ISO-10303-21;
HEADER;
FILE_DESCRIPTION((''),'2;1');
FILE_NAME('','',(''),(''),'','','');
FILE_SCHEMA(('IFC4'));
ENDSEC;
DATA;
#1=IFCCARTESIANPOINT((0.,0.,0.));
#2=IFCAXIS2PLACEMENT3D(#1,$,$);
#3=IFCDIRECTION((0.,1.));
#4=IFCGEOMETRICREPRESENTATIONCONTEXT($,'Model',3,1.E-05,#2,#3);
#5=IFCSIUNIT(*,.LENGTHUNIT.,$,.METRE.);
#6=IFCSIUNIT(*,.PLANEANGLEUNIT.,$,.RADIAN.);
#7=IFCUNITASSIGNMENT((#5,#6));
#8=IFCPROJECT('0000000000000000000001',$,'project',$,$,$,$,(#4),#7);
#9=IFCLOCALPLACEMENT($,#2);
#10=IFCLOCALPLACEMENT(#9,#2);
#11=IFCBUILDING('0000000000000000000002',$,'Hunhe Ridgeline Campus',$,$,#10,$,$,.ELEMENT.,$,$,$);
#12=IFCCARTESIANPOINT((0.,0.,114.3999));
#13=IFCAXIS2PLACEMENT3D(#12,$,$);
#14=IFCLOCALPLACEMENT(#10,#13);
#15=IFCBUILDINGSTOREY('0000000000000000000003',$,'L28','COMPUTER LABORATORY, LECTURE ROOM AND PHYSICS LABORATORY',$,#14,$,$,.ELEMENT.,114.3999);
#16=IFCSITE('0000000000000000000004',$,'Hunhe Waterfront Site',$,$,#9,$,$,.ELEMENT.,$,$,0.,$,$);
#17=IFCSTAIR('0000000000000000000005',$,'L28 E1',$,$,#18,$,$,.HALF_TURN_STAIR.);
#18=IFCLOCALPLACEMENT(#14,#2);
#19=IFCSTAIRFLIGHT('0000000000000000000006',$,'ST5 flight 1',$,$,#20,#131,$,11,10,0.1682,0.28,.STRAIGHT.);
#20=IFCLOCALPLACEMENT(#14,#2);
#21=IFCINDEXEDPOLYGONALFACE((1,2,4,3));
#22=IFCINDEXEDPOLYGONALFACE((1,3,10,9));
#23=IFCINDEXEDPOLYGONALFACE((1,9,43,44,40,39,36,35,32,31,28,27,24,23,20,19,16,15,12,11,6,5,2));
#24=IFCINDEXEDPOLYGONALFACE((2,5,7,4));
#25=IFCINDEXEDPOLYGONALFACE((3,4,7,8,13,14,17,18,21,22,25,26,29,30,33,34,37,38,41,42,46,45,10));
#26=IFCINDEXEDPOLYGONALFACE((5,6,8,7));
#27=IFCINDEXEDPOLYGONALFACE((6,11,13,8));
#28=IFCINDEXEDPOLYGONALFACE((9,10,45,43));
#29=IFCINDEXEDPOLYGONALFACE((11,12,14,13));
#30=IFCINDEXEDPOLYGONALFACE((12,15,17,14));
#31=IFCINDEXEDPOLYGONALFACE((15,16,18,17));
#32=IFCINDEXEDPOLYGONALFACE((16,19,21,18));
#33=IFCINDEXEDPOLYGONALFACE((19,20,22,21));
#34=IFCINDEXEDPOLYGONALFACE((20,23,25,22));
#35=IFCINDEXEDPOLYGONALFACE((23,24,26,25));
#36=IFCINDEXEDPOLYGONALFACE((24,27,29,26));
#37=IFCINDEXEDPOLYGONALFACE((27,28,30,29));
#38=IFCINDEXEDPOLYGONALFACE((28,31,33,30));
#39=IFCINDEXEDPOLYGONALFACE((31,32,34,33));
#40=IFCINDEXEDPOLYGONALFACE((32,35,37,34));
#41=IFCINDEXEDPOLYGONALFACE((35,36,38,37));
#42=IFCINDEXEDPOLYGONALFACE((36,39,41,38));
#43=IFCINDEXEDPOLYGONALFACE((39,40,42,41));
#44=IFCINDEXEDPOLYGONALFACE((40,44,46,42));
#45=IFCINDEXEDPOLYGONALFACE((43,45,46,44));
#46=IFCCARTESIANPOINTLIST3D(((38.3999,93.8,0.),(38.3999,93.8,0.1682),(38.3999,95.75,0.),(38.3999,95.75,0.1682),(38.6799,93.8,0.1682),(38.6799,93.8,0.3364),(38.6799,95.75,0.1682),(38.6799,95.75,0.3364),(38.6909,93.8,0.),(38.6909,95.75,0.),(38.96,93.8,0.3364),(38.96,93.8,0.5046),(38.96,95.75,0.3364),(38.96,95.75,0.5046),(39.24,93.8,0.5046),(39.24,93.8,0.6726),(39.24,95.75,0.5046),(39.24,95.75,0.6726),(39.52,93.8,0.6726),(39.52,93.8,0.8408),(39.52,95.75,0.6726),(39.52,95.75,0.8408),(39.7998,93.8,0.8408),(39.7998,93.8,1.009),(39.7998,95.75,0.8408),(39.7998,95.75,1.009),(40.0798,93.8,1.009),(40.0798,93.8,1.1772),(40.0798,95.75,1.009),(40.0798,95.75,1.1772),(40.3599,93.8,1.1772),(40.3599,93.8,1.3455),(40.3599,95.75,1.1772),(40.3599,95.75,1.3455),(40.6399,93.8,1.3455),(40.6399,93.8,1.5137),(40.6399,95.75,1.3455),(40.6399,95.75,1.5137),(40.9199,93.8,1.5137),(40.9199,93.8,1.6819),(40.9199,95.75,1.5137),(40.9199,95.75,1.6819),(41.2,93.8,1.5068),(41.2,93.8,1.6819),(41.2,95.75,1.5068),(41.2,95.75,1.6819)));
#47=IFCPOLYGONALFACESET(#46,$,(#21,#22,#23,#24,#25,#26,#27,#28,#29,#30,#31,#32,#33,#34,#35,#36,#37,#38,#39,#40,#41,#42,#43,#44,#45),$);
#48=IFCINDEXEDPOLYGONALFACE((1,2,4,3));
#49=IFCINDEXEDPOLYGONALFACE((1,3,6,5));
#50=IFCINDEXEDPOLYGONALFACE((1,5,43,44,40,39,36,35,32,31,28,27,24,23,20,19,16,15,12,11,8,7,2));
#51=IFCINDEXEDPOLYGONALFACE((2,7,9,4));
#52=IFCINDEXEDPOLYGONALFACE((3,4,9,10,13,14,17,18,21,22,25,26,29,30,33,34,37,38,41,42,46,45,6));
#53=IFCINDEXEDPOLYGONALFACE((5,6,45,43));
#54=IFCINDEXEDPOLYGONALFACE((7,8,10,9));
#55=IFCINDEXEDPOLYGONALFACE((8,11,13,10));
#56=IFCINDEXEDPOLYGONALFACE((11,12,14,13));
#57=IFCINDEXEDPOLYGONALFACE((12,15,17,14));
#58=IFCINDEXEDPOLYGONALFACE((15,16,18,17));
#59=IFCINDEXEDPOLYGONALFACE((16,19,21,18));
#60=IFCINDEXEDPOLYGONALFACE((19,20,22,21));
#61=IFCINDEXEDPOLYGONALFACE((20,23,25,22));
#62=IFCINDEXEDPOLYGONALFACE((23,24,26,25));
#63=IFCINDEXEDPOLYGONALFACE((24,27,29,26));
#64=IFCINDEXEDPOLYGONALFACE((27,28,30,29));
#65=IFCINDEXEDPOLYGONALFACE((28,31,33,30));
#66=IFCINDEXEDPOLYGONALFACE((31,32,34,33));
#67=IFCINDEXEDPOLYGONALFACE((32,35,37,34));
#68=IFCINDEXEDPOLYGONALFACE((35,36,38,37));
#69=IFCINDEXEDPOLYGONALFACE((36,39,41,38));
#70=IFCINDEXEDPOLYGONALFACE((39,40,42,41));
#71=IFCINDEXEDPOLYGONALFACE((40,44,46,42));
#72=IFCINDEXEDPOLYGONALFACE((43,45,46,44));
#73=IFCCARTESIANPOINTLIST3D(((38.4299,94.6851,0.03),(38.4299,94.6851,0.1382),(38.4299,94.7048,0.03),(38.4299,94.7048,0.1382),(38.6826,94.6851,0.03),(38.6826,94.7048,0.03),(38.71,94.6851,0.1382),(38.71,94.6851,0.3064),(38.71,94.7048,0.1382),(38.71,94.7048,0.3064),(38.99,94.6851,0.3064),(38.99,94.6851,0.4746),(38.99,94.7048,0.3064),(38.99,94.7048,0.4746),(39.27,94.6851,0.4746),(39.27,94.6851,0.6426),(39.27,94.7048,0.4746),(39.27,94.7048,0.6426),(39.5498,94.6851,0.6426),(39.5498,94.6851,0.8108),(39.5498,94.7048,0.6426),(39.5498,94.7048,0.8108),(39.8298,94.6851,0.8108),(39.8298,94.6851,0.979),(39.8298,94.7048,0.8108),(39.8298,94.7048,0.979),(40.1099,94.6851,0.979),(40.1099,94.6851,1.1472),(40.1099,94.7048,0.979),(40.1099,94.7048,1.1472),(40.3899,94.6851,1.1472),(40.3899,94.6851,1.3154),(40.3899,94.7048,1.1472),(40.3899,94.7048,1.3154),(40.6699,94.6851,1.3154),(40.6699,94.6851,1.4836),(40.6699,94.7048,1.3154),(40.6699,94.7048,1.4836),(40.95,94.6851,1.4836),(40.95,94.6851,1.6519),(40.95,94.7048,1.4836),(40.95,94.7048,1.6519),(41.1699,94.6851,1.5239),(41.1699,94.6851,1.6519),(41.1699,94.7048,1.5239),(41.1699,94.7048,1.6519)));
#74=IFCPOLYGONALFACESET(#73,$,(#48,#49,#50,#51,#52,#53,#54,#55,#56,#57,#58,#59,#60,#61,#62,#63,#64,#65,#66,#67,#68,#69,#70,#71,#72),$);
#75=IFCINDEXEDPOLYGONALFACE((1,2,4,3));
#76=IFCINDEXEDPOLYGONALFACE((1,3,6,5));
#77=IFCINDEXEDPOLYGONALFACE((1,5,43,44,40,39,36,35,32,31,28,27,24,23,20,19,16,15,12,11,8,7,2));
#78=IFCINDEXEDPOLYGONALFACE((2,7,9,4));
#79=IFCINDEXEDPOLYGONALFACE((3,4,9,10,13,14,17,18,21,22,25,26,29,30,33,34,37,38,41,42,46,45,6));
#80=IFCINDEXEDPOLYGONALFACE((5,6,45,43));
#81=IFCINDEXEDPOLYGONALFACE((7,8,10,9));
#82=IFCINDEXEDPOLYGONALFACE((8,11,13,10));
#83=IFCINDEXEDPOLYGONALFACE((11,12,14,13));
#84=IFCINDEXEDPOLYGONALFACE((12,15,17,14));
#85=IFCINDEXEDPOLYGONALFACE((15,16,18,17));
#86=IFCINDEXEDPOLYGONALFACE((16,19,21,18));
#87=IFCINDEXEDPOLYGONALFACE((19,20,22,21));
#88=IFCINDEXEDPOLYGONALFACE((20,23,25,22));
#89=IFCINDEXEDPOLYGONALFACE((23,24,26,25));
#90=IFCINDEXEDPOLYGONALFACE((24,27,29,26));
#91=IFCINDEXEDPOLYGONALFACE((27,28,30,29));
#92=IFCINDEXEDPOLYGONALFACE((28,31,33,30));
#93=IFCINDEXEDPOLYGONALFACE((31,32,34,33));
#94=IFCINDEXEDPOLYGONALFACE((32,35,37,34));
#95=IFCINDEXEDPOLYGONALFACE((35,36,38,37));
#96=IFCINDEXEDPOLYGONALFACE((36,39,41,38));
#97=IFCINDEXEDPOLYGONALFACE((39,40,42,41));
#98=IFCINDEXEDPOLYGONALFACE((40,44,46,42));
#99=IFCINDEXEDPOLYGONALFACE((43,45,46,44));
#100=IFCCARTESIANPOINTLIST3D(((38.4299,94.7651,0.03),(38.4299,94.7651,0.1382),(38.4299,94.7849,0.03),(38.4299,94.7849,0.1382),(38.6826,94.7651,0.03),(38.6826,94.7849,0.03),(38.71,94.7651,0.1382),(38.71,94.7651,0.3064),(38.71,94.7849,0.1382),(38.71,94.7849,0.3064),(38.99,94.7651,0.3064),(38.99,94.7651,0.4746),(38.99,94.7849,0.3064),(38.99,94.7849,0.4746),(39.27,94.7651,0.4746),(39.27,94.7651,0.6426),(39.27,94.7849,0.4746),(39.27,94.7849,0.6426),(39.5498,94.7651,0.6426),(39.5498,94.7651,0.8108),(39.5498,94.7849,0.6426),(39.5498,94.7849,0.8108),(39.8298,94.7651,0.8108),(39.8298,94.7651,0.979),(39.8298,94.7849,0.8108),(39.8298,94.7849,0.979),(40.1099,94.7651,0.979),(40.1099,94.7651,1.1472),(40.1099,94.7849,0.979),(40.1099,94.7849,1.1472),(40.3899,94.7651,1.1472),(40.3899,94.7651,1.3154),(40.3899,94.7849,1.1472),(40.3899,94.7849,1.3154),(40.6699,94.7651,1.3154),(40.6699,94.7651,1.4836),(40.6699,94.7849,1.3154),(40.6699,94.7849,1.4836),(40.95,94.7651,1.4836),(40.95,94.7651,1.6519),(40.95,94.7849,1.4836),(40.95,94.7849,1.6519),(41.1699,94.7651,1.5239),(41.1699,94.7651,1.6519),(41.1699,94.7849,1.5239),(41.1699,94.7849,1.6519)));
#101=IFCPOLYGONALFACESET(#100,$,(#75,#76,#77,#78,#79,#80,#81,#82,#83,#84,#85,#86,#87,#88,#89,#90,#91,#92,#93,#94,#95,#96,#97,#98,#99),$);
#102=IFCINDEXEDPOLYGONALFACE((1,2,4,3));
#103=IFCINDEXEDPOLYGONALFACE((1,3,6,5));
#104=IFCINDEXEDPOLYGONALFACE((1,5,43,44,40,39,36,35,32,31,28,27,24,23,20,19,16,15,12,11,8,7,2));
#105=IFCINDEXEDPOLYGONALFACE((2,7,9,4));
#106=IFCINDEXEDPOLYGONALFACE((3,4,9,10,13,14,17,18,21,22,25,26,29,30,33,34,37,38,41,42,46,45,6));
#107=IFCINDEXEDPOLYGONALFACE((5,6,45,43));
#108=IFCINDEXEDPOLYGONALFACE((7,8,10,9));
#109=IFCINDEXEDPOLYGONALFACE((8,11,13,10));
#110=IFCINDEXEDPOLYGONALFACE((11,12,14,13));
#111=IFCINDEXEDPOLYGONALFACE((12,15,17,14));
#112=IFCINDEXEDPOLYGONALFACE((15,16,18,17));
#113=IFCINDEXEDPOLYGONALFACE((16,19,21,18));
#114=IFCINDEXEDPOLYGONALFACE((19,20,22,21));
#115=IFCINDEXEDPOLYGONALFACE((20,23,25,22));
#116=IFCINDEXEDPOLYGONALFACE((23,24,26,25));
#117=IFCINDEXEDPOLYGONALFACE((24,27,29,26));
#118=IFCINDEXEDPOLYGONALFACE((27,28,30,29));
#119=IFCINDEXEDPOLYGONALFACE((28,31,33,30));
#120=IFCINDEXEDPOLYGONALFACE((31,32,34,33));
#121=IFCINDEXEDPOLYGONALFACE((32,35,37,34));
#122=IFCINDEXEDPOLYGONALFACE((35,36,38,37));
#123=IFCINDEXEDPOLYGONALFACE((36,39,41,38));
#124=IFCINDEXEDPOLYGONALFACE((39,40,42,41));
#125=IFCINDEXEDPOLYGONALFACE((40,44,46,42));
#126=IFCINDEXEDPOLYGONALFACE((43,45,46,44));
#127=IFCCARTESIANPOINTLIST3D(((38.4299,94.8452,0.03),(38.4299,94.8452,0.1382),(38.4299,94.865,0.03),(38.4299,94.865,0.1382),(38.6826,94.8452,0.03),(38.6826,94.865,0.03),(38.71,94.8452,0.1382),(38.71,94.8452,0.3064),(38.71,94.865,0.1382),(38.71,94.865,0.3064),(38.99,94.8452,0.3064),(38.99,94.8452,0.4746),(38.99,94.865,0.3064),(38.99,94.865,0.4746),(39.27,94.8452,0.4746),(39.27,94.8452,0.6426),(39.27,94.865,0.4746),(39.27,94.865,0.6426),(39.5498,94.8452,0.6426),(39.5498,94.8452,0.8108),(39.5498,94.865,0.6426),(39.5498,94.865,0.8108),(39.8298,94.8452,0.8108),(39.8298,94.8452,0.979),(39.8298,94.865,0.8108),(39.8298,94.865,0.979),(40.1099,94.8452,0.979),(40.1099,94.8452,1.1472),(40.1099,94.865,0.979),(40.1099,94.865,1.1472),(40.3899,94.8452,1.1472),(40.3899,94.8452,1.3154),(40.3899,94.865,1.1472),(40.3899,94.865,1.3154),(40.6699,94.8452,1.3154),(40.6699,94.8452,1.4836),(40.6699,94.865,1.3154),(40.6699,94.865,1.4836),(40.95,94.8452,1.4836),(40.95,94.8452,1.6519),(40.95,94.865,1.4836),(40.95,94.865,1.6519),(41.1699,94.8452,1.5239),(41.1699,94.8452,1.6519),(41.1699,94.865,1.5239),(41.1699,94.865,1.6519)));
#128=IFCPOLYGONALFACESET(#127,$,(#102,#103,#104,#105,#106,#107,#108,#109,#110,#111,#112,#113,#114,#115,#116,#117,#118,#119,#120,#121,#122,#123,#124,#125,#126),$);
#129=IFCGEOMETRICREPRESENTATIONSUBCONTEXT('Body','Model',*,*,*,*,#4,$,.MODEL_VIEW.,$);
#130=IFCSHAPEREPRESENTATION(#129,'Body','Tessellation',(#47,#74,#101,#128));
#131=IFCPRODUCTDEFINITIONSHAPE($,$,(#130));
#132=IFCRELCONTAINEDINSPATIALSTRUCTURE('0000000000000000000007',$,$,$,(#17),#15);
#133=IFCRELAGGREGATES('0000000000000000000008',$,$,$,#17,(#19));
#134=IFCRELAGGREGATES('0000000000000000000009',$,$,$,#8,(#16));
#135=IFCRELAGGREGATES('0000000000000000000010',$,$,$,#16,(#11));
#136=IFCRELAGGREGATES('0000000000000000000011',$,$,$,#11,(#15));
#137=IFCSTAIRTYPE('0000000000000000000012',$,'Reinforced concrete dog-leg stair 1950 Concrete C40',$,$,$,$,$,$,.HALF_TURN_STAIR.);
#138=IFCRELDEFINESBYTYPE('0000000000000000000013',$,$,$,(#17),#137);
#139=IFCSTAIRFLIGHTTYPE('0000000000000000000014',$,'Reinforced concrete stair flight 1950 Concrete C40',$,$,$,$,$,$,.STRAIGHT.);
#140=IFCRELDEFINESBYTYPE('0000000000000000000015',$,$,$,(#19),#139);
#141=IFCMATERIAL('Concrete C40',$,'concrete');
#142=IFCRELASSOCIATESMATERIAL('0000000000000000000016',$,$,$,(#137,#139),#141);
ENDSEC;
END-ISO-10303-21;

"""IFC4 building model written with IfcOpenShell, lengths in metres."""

from ifc_helpers import new_model, si_unit, direction, frame, origin, place, context, subcontext, project, spatial, polyline, outline, extrude, material, type_object, element, aggregate, save


model = new_model("IFC4")

# Units and contexts
model_context = context("Model", 3, precision=1e-05, world=origin(), true_north=direction((0.0, 1.0)))
body_context = subcontext(model_context, "Body", "Model", "MODEL_VIEW")
ifc_project = project(units=[si_unit("LENGTHUNIT", "METRE"), si_unit("PLANEANGLEUNIT", "RADIAN")], contexts=[model_context])

# Site, building, storey
site_placement = place(None, origin())
site = spatial("IfcSite", under=ifc_project, at=site_placement, Name="Hunhe Waterfront Site", CompositionType="ELEMENT", RefElevation=0.0)
building_placement = place(site_placement, origin())
building = spatial("IfcBuilding", under=site, at=building_placement, Name="Hunhe Ridgeline Campus", CompositionType="ELEMENT")
storey_placement = place(building_placement, frame((0.0, 0.0, 114.3999)))
storey = spatial("IfcBuildingStorey", under=building, at=storey_placement, Name="L28", Description="COMPUTER LABORATORY, LECTURE ROOM AND PHYSICS LABORATORY", CompositionType="ELEMENT", Elevation=114.3999)

# Shared definitions
ifc_material_1 = material(Name="Concrete C40", Category="concrete")
stair_type = type_object("IfcStairType", Name="Reinforced concrete dog-leg stair 1950 Concrete C40", PredefinedType="HALF_TURN_STAIR", material=ifc_material_1)
stair_flight_type = type_object("IfcStairFlightType", Name="Reinforced concrete stair flight 1950 Concrete C40", PredefinedType="STRAIGHT", material=ifc_material_1)

# Stair, stair flight
stair_1_placement = place(storey_placement, origin())
stair_1 = element("IfcStair", 1, at=stair_1_placement, inside=storey, type_object=stair_type, Name="L28 E1", PredefinedType="HALF_TURN_STAIR")
stair_flight_1_placement = place(storey_placement, frame((38.3999, 94.7749, 0.0), z_axis=(0.0, 0.0, 1.0), x_axis=(1.0, 0.0, 0.0)))
stair_flight_1 = element("IfcStairFlight", 2, at=stair_flight_1_placement, type_object=stair_flight_type, Name="ST5 flight 1", NumberOfRisers=11, NumberOfTreads=10, PredefinedType="STRAIGHT", RiserHeight=0.1682, TreadLength=0.28, context=body_context, shape_type="SweptSolid", body=[
    extrude(outline(polyline([(0.0, 0.0), (0.0, 0.1682), (0.28, 0.1682), (0.28, 0.3364), (0.5601, 0.3364), (0.5601, 0.5046), (0.8401, 0.5046), (0.8401, 0.6726), (1.1201, 0.6726), (1.1201, 0.8408), (1.3999, 0.8408), (1.3999, 1.009), (1.6799, 1.009), (1.6799, 1.1772), (1.96, 1.1772), (1.96, 1.3455), (2.24, 1.3455), (2.24, 1.5137), (2.52, 1.5137), (2.52, 1.6819), (2.8, 1.6819), (2.8, 1.8501), (2.8, 1.5068), (0.291, 0.0), (0.0, 0.0)])), frame((0.0, 0.9751, 0.0), z_axis=(0.0, -1.0, 0.0), x_axis=(1.0, 0.0, 0.0)), (0.0, 0.0, 1.0), 1.95),
    extrude(outline(polyline([(0.03, 0.03), (0.03, 0.1382), (0.3101, 0.1382), (0.3101, 0.3064), (0.5901, 0.3064), (0.5901, 0.4746), (0.8701, 0.4746), (0.8701, 0.6426), (1.1499, 0.6426), (1.1499, 0.8108), (1.4299, 0.8108), (1.4299, 0.979), (1.71, 0.979), (1.71, 1.1472), (1.99, 1.1472), (1.99, 1.3154), (2.27, 1.3154), (2.27, 1.4836), (2.55, 1.4836), (2.55, 1.6519), (2.77, 1.6519), (2.77, 1.5239), (0.2827, 0.03), (0.03, 0.03)])), frame((0.0, -0.0701, 0.0), z_axis=(0.0, -1.0, 0.0), x_axis=(1.0, 0.0, 0.0)), (0.0, 0.0, 1.0), 0.0198),
    extrude(outline(polyline([(0.03, 0.03), (0.03, 0.1382), (0.3101, 0.1382), (0.3101, 0.3064), (0.5901, 0.3064), (0.5901, 0.4746), (0.8701, 0.4746), (0.8701, 0.6426), (1.1499, 0.6426), (1.1499, 0.8108), (1.4299, 0.8108), (1.4299, 0.979), (1.71, 0.979), (1.71, 1.1472), (1.99, 1.1472), (1.99, 1.3154), (2.27, 1.3154), (2.27, 1.4836), (2.55, 1.4836), (2.55, 1.6519), (2.77, 1.6519), (2.77, 1.5239), (0.2827, 0.03), (0.03, 0.03)])), frame((0.0, 0.01, 0.0), z_axis=(0.0, -1.0, 0.0), x_axis=(1.0, 0.0, 0.0)), (0.0, 0.0, 1.0), 0.0198),
    extrude(outline(polyline([(0.03, 0.03), (0.03, 0.1382), (0.3101, 0.1382), (0.3101, 0.3064), (0.5901, 0.3064), (0.5901, 0.4746), (0.8701, 0.4746), (0.8701, 0.6426), (1.1499, 0.6426), (1.1499, 0.8108), (1.4299, 0.8108), (1.4299, 0.979), (1.71, 0.979), (1.71, 1.1472), (1.99, 1.1472), (1.99, 1.3154), (2.27, 1.3154), (2.27, 1.4836), (2.55, 1.4836), (2.55, 1.6519), (2.77, 1.6519), (2.77, 1.5239), (0.2827, 0.03), (0.03, 0.03)])), frame((0.0, 0.0901, 0.0), z_axis=(0.0, -1.0, 0.0), x_axis=(1.0, 0.0, 0.0)), (0.0, 0.0, 1.0), 0.0198),
])
aggregate(stair_1, [stair_flight_1])

save(model, "model.ifc")
